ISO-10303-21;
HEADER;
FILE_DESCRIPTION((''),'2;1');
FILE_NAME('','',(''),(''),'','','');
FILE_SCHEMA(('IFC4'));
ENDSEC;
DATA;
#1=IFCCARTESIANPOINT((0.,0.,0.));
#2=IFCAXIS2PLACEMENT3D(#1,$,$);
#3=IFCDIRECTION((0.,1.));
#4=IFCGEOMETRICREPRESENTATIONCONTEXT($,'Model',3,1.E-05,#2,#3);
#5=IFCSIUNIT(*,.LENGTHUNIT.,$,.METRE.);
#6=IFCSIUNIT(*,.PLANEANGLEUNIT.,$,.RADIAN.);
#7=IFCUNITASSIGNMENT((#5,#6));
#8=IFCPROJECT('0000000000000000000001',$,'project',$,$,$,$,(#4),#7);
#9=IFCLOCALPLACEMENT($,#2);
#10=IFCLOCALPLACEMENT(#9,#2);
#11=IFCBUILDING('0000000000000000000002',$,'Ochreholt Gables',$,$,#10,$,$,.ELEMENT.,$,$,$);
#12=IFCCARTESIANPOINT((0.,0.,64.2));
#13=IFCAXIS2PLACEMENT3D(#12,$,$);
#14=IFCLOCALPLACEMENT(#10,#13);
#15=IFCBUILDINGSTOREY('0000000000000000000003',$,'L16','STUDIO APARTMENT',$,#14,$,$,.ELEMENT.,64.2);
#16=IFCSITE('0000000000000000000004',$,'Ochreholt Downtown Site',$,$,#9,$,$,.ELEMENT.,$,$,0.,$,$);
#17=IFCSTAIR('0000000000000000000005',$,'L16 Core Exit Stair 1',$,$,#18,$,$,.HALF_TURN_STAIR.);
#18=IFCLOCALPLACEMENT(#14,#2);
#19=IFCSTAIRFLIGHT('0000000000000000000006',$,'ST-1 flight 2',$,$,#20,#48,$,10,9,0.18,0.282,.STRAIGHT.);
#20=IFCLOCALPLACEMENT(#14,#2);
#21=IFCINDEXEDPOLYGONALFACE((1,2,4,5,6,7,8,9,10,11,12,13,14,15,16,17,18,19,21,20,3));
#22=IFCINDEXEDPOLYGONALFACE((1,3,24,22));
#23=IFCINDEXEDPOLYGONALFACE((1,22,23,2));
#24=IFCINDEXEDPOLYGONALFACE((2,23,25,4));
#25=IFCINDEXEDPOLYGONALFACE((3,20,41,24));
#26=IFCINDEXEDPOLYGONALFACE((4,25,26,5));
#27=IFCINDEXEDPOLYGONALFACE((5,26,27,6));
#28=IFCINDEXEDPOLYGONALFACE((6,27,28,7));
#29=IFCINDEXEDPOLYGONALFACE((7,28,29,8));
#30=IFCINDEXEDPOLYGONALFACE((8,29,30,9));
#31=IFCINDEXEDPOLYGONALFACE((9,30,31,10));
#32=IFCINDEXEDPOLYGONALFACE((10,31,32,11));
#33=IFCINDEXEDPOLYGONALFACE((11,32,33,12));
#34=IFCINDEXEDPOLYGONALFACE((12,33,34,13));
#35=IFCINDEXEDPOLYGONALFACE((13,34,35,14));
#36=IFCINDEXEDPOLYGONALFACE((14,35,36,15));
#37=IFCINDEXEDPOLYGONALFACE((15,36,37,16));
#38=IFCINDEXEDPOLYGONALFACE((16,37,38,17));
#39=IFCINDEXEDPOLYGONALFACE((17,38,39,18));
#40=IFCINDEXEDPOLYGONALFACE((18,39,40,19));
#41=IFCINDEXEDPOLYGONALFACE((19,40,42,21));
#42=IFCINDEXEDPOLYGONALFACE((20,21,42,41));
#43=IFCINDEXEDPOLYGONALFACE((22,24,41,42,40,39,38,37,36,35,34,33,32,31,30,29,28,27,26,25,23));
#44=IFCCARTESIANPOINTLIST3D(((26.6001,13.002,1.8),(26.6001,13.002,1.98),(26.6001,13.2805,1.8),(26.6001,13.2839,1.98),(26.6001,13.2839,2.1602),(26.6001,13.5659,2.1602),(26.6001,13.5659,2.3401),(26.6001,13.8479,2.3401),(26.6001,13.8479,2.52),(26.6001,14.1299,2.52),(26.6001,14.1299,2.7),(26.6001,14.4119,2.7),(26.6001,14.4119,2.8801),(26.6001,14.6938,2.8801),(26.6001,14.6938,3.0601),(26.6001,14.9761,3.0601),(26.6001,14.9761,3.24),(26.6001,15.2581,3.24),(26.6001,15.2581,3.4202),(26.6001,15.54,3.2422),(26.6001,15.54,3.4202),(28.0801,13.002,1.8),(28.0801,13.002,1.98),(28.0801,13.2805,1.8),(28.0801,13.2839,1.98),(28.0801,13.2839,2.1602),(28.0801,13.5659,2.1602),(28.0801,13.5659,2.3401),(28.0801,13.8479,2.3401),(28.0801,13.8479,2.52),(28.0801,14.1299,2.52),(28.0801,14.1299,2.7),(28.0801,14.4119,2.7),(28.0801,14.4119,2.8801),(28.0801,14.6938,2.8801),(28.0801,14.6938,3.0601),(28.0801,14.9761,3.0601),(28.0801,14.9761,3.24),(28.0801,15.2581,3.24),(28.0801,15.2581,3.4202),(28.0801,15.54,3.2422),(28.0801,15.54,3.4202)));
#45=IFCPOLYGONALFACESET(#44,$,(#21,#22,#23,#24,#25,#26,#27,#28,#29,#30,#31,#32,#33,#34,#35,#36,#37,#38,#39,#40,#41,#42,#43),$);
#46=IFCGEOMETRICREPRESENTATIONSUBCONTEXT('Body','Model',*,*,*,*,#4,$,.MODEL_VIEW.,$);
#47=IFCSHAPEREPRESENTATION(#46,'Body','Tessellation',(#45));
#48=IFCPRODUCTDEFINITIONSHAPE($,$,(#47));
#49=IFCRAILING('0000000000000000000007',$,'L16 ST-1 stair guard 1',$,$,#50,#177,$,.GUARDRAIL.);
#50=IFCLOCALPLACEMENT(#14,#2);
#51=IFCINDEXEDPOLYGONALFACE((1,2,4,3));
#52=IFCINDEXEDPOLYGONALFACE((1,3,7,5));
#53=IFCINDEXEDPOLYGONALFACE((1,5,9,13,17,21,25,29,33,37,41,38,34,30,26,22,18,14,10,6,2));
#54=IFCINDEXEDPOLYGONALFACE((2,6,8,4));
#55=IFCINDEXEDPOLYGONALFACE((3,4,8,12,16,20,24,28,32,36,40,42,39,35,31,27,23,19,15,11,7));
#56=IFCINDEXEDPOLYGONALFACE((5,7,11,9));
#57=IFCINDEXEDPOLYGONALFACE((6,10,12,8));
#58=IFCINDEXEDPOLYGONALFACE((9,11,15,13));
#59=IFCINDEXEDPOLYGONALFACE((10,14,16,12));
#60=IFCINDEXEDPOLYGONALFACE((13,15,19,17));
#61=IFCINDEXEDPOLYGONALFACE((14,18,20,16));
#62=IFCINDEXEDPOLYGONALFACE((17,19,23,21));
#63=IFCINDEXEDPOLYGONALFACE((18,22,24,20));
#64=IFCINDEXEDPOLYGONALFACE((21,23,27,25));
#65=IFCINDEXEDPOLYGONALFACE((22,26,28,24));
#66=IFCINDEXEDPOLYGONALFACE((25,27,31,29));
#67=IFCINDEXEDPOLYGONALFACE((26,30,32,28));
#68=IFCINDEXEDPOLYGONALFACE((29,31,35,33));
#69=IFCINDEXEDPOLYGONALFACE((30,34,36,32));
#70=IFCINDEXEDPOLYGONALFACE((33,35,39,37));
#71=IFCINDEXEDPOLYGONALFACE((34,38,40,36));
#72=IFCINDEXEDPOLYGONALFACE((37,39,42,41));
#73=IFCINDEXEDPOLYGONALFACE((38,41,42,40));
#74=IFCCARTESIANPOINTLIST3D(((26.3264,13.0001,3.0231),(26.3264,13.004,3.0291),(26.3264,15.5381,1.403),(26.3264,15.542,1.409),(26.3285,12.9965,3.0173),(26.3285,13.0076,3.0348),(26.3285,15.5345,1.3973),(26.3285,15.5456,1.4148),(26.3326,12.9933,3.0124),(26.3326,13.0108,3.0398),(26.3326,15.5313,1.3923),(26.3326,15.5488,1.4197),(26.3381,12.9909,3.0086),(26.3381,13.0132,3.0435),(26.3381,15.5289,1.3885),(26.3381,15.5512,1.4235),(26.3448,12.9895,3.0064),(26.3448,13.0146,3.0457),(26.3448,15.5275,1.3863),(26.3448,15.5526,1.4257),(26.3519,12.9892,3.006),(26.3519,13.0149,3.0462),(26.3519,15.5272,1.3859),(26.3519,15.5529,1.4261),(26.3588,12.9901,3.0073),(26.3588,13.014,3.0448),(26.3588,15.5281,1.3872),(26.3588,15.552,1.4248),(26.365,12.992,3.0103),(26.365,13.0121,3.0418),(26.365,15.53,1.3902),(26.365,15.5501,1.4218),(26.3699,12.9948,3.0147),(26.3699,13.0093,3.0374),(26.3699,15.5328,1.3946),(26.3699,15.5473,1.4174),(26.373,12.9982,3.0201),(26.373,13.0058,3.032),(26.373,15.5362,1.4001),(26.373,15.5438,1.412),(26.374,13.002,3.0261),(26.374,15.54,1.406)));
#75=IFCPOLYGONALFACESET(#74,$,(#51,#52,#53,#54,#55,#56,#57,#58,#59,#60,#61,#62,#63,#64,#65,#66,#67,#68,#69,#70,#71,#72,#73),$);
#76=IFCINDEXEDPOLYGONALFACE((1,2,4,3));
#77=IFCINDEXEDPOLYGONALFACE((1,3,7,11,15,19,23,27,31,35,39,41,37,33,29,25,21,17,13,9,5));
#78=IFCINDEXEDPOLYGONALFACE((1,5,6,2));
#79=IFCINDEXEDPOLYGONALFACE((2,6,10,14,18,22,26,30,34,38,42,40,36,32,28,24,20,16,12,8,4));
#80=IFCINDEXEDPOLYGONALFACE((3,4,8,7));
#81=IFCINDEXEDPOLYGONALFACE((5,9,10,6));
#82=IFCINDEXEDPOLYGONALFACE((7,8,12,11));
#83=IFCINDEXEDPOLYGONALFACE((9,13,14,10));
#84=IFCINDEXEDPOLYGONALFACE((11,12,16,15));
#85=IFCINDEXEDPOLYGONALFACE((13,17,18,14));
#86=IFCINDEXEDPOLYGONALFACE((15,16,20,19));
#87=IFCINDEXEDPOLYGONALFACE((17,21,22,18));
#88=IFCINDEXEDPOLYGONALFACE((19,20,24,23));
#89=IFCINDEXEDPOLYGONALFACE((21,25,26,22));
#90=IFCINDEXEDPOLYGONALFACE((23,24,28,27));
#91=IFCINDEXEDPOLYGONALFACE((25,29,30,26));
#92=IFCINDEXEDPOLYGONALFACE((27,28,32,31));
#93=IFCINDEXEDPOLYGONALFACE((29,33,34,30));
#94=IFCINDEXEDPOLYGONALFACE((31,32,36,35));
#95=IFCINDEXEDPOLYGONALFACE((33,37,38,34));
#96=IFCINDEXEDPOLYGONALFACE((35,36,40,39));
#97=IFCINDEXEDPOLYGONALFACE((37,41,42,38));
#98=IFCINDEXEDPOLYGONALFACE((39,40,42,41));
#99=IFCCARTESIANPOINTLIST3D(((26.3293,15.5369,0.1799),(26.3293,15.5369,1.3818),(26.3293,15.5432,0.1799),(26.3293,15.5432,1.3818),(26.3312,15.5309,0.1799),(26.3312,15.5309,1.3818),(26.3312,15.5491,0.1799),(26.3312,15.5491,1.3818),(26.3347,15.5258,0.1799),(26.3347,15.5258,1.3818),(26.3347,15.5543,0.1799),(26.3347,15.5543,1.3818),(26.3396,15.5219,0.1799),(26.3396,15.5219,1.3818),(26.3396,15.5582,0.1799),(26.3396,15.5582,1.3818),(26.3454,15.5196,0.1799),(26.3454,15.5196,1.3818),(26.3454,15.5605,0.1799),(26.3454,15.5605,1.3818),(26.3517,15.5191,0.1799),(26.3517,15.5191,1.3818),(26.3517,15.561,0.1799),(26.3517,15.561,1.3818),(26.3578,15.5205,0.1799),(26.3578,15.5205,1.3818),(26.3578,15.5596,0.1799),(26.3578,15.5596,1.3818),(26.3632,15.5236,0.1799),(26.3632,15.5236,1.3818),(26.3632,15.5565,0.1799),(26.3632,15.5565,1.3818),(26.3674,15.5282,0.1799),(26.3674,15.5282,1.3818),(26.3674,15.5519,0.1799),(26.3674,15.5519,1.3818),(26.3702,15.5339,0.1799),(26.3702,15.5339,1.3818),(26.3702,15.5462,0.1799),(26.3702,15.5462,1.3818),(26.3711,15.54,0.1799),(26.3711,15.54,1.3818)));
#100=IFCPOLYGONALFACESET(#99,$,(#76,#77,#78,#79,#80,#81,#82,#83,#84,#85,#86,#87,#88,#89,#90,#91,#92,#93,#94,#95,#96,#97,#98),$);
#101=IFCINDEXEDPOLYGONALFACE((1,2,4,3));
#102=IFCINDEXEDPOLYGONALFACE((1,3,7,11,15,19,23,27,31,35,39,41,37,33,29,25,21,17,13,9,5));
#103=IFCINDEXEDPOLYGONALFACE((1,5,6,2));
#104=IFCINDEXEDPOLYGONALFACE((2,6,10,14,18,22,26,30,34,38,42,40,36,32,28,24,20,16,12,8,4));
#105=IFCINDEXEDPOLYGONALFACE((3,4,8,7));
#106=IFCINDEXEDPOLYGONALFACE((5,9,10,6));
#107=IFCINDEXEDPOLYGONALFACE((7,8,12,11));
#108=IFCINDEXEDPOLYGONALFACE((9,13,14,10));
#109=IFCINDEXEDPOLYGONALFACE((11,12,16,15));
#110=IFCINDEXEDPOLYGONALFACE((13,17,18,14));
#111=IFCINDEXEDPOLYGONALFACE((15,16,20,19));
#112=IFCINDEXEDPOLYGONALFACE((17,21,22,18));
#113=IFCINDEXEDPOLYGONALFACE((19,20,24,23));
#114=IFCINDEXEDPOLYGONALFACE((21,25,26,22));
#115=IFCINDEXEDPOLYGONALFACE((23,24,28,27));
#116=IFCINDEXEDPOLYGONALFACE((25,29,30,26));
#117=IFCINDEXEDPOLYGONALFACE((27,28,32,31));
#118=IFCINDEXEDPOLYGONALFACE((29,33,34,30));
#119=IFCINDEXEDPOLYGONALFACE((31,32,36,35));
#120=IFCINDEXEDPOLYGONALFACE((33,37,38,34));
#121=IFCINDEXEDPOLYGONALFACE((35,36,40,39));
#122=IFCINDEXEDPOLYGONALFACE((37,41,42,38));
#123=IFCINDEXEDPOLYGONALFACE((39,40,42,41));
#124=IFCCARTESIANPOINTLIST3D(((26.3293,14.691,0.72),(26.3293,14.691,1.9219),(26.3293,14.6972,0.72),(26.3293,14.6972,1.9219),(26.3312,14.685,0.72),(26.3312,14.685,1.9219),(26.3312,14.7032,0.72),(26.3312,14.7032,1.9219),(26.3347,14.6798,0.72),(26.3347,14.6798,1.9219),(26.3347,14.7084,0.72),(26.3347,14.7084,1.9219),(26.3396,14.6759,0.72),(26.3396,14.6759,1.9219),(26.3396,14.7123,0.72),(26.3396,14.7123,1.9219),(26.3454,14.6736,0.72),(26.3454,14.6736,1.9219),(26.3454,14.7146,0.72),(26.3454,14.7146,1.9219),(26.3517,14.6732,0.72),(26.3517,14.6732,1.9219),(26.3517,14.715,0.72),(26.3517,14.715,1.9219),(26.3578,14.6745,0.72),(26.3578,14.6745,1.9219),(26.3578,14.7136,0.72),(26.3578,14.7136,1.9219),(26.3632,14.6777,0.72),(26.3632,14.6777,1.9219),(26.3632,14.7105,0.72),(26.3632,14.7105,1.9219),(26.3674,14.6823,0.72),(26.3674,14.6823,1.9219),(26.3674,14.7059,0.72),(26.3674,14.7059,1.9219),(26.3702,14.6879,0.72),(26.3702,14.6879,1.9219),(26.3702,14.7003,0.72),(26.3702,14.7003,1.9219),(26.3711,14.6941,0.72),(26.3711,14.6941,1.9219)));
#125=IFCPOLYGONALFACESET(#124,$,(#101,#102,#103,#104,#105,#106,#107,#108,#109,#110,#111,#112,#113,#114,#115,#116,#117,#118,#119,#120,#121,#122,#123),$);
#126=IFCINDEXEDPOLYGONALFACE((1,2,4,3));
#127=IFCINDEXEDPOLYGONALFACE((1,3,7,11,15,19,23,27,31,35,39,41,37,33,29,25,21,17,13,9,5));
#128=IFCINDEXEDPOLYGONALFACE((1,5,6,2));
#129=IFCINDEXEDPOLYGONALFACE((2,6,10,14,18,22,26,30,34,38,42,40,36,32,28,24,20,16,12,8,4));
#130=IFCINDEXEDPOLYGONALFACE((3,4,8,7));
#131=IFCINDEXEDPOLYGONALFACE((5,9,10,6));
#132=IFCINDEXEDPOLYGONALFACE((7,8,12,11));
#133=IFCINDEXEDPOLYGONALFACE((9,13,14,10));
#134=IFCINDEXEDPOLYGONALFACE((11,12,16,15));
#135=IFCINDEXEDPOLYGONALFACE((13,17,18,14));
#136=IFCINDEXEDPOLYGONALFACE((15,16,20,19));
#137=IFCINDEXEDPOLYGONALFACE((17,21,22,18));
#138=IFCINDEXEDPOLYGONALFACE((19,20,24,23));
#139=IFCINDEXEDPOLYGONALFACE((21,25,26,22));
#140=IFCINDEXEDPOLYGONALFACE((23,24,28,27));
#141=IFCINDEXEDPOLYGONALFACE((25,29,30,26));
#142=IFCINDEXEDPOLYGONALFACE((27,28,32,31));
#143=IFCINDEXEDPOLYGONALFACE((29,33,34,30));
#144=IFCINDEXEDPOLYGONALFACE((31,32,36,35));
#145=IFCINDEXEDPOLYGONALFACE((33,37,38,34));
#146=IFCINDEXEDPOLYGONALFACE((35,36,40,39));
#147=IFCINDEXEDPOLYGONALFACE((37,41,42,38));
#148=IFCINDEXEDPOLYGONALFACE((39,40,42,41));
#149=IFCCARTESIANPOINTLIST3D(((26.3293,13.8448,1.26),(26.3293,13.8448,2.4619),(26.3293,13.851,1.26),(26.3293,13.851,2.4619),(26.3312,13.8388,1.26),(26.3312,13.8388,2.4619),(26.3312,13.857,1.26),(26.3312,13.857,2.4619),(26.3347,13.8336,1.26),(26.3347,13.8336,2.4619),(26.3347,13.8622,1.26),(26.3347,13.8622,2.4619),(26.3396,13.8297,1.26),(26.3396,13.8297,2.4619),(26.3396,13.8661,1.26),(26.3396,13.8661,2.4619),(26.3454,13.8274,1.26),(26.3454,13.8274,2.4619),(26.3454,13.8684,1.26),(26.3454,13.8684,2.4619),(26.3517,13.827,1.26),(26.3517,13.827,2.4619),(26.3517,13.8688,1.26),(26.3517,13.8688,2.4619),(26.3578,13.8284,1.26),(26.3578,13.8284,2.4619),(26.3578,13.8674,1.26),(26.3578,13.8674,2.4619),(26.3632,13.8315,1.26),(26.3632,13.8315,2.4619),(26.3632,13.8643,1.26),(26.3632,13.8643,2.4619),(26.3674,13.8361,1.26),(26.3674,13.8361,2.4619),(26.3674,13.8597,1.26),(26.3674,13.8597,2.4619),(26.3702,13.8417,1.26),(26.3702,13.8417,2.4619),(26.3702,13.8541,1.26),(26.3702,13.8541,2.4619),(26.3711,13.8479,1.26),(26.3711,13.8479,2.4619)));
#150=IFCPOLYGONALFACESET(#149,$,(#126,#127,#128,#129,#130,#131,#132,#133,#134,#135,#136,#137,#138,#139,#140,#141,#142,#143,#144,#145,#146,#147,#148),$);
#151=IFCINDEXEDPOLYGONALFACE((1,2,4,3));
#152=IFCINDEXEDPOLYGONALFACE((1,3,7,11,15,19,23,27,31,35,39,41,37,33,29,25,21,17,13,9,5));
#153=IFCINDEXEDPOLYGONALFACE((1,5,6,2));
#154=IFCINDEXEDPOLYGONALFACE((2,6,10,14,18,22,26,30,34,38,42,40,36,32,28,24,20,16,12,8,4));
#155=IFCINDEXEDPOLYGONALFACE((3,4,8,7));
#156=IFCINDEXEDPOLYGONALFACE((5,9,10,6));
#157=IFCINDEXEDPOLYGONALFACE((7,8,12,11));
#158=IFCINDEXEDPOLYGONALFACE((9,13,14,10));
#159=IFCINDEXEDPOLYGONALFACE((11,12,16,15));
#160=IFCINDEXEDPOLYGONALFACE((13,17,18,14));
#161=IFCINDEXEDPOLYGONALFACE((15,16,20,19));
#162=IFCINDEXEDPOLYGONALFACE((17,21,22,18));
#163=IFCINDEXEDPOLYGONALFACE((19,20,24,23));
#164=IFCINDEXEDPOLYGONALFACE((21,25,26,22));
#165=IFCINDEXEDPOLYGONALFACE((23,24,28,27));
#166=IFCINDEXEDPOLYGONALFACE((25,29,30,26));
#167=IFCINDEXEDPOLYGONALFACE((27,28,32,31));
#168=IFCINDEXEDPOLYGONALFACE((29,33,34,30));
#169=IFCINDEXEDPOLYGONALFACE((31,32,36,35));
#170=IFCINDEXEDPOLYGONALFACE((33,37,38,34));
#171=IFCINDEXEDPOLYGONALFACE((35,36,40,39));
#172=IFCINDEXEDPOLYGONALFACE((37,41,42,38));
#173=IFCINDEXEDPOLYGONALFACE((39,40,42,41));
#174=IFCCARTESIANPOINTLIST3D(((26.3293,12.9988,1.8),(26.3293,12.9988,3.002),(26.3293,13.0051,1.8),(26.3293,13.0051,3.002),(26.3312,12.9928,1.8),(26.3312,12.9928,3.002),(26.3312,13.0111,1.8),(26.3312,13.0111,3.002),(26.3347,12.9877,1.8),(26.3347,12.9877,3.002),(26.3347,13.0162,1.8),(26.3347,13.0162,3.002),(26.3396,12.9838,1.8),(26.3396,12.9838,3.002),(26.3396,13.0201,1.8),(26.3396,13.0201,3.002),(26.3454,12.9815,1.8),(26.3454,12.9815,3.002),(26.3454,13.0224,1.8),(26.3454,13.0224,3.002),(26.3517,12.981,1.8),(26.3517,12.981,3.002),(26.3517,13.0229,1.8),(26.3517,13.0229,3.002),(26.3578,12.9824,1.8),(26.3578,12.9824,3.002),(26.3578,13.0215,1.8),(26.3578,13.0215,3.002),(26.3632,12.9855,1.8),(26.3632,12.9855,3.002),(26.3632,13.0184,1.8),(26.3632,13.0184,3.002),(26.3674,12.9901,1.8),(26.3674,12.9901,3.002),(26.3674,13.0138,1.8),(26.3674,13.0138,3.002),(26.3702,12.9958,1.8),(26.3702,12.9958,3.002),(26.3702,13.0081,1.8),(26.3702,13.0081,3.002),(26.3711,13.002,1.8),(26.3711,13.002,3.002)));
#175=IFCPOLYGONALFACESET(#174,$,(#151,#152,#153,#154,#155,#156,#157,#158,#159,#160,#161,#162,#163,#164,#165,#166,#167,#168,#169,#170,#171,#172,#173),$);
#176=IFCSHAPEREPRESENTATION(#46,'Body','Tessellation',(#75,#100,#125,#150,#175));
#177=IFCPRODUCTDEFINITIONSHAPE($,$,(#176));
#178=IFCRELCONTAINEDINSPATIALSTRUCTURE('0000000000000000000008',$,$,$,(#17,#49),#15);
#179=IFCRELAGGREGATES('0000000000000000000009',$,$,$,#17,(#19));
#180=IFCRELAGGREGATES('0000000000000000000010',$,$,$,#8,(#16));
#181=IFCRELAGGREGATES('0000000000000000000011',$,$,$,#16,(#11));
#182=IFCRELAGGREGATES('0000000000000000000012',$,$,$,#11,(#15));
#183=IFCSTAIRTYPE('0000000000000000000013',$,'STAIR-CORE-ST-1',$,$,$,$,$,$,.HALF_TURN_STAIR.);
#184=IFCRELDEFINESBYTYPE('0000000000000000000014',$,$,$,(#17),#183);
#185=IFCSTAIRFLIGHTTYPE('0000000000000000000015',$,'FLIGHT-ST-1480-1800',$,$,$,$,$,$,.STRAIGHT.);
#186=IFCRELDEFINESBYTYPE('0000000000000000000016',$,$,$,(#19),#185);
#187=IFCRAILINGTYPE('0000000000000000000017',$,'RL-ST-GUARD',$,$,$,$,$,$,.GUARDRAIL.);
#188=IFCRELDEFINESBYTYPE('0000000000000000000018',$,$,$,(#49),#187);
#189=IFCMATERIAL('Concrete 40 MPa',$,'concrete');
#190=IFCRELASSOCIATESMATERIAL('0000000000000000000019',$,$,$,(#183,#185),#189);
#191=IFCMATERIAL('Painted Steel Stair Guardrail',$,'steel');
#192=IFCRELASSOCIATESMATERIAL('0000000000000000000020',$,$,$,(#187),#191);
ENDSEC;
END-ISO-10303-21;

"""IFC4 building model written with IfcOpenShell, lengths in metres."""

from ifc_helpers import new_model, si_unit, direction, frame, origin, origin_2d, place, context, subcontext, project, spatial, polyline, circle, outline, extrude, material, type_object, element, aggregate, save


model = new_model("IFC4")

# Units and contexts
model_context = context("Model", 3, precision=1e-05, world=origin(), true_north=direction((0.0, 1.0)))
body_context = subcontext(model_context, "Body", "Model", "MODEL_VIEW")
ifc_project = project(units=[si_unit("LENGTHUNIT", "METRE"), si_unit("PLANEANGLEUNIT", "RADIAN")], contexts=[model_context])

# Site, building, storey
site_placement = place(None, origin())
site = spatial("IfcSite", under=ifc_project, at=site_placement, Name="Ochreholt Downtown Site", CompositionType="ELEMENT", RefElevation=0.0)
building_placement = place(site_placement, origin())
building = spatial("IfcBuilding", under=site, at=building_placement, Name="Ochreholt Gables", CompositionType="ELEMENT")
storey_placement = place(building_placement, frame((0.0, 0.0, 64.2)))
storey = spatial("IfcBuildingStorey", under=building, at=storey_placement, Name="L16", Description="STUDIO APARTMENT", CompositionType="ELEMENT", Elevation=64.2)

# Shared definitions
ifc_material_1 = material(Name="Concrete 40 MPa", Category="concrete")

# Stair, stair flight
stair_type = type_object("IfcStairType", Name="STAIR-CORE-ST-1", PredefinedType="HALF_TURN_STAIR", material=ifc_material_1)
stair_placement = place(storey_placement, origin())
stair = element("IfcStair", 1, at=stair_placement, inside=storey, type_object=stair_type, Name="L16 Core Exit Stair 1", PredefinedType="HALF_TURN_STAIR")
stair_flight_type = type_object("IfcStairFlightType", Name="FLIGHT-ST-1480-1800", PredefinedType="STRAIGHT", material=ifc_material_1)
stair_flight_placement = place(storey_placement, frame((27.3401, 13.002, 1.8), z_axis=(0.0, 0.0, 1.0), x_axis=(0.0, 1.0, 0.0)))
stair_flight = element("IfcStairFlight", 2, at=stair_flight_placement, type_object=stair_flight_type, Name="ST-1 flight 2", NumberOfRisers=10, NumberOfTreads=9, PredefinedType="STRAIGHT", RiserHeight=0.18, TreadLength=0.282, context=body_context, shape_type="SweptSolid", body=[
    extrude(outline(polyline([(0.0, 0.0), (0.0, 0.1799), (0.282, 0.1799), (0.282, 0.3601), (0.564, 0.3601), (0.564, 0.54), (0.8459, 0.54), (0.8459, 0.72), (1.1279, 0.72), (1.1279, 0.8999), (1.4099, 0.8999), (1.4099, 1.0801), (1.6919, 1.0801), (1.6919, 1.26), (1.9741, 1.26), (1.9741, 1.4399), (2.2561, 1.4399), (2.2561, 1.6201), (2.5381, 1.6201), (2.5381, 1.8), (2.5381, 1.4421), (0.2786, 0.0), (0.0, 0.0)])), frame((0.0, 0.74, 0.0), z_axis=(0.0, -1.0, 0.0), x_axis=(1.0, 0.0, 0.0)), (0.0, 0.0, 1.0), 1.48),
])
aggregate(stair, [stair_flight])

# Railing
ifc_material_2 = material(Name="Painted Steel Stair Guardrail", Category="steel")
railing_type_1 = type_object("IfcRailingType", Name="RL-ST-GUARD", PredefinedType="GUARDRAIL", material=ifc_material_2)
railing_1_placement = place(storey_placement, frame((26.3501, 15.54, 0.1799)))
element("IfcRailing", 3, at=railing_1_placement, inside=storey, type_object=railing_type_1, Name="L16 ST-1 stair guard 1", PredefinedType="GUARDRAIL", context=body_context, shape_type="SweptSolid", body=[
    extrude(circle(Radius=0.0239, at=origin_2d()), frame((0.0, 0.0, 1.2261), z_axis=(0.0, -0.842913, 0.53805), x_axis=(1.0, 0.0, 0.0)), (0.0, 0.0, 1.0), 3.011),
    extrude(circle(Radius=0.021, at=origin_2d()), origin(), (0.0, 0.0, 1.0), 1.2019),
    extrude(circle(Radius=0.021, at=origin_2d()), frame((0.0, -0.8459, 0.54)), (0.0, 0.0, 1.0), 1.2019),
    extrude(circle(Radius=0.021, at=origin_2d()), frame((0.0, -1.6921, 1.0801)), (0.0, 0.0, 1.0), 1.2019),
    extrude(circle(Radius=0.021, at=origin_2d()), frame((0.0, -2.5381, 1.6201)), (0.0, 0.0, 1.0), 1.2019),
])

save(model, "model.ifc")
